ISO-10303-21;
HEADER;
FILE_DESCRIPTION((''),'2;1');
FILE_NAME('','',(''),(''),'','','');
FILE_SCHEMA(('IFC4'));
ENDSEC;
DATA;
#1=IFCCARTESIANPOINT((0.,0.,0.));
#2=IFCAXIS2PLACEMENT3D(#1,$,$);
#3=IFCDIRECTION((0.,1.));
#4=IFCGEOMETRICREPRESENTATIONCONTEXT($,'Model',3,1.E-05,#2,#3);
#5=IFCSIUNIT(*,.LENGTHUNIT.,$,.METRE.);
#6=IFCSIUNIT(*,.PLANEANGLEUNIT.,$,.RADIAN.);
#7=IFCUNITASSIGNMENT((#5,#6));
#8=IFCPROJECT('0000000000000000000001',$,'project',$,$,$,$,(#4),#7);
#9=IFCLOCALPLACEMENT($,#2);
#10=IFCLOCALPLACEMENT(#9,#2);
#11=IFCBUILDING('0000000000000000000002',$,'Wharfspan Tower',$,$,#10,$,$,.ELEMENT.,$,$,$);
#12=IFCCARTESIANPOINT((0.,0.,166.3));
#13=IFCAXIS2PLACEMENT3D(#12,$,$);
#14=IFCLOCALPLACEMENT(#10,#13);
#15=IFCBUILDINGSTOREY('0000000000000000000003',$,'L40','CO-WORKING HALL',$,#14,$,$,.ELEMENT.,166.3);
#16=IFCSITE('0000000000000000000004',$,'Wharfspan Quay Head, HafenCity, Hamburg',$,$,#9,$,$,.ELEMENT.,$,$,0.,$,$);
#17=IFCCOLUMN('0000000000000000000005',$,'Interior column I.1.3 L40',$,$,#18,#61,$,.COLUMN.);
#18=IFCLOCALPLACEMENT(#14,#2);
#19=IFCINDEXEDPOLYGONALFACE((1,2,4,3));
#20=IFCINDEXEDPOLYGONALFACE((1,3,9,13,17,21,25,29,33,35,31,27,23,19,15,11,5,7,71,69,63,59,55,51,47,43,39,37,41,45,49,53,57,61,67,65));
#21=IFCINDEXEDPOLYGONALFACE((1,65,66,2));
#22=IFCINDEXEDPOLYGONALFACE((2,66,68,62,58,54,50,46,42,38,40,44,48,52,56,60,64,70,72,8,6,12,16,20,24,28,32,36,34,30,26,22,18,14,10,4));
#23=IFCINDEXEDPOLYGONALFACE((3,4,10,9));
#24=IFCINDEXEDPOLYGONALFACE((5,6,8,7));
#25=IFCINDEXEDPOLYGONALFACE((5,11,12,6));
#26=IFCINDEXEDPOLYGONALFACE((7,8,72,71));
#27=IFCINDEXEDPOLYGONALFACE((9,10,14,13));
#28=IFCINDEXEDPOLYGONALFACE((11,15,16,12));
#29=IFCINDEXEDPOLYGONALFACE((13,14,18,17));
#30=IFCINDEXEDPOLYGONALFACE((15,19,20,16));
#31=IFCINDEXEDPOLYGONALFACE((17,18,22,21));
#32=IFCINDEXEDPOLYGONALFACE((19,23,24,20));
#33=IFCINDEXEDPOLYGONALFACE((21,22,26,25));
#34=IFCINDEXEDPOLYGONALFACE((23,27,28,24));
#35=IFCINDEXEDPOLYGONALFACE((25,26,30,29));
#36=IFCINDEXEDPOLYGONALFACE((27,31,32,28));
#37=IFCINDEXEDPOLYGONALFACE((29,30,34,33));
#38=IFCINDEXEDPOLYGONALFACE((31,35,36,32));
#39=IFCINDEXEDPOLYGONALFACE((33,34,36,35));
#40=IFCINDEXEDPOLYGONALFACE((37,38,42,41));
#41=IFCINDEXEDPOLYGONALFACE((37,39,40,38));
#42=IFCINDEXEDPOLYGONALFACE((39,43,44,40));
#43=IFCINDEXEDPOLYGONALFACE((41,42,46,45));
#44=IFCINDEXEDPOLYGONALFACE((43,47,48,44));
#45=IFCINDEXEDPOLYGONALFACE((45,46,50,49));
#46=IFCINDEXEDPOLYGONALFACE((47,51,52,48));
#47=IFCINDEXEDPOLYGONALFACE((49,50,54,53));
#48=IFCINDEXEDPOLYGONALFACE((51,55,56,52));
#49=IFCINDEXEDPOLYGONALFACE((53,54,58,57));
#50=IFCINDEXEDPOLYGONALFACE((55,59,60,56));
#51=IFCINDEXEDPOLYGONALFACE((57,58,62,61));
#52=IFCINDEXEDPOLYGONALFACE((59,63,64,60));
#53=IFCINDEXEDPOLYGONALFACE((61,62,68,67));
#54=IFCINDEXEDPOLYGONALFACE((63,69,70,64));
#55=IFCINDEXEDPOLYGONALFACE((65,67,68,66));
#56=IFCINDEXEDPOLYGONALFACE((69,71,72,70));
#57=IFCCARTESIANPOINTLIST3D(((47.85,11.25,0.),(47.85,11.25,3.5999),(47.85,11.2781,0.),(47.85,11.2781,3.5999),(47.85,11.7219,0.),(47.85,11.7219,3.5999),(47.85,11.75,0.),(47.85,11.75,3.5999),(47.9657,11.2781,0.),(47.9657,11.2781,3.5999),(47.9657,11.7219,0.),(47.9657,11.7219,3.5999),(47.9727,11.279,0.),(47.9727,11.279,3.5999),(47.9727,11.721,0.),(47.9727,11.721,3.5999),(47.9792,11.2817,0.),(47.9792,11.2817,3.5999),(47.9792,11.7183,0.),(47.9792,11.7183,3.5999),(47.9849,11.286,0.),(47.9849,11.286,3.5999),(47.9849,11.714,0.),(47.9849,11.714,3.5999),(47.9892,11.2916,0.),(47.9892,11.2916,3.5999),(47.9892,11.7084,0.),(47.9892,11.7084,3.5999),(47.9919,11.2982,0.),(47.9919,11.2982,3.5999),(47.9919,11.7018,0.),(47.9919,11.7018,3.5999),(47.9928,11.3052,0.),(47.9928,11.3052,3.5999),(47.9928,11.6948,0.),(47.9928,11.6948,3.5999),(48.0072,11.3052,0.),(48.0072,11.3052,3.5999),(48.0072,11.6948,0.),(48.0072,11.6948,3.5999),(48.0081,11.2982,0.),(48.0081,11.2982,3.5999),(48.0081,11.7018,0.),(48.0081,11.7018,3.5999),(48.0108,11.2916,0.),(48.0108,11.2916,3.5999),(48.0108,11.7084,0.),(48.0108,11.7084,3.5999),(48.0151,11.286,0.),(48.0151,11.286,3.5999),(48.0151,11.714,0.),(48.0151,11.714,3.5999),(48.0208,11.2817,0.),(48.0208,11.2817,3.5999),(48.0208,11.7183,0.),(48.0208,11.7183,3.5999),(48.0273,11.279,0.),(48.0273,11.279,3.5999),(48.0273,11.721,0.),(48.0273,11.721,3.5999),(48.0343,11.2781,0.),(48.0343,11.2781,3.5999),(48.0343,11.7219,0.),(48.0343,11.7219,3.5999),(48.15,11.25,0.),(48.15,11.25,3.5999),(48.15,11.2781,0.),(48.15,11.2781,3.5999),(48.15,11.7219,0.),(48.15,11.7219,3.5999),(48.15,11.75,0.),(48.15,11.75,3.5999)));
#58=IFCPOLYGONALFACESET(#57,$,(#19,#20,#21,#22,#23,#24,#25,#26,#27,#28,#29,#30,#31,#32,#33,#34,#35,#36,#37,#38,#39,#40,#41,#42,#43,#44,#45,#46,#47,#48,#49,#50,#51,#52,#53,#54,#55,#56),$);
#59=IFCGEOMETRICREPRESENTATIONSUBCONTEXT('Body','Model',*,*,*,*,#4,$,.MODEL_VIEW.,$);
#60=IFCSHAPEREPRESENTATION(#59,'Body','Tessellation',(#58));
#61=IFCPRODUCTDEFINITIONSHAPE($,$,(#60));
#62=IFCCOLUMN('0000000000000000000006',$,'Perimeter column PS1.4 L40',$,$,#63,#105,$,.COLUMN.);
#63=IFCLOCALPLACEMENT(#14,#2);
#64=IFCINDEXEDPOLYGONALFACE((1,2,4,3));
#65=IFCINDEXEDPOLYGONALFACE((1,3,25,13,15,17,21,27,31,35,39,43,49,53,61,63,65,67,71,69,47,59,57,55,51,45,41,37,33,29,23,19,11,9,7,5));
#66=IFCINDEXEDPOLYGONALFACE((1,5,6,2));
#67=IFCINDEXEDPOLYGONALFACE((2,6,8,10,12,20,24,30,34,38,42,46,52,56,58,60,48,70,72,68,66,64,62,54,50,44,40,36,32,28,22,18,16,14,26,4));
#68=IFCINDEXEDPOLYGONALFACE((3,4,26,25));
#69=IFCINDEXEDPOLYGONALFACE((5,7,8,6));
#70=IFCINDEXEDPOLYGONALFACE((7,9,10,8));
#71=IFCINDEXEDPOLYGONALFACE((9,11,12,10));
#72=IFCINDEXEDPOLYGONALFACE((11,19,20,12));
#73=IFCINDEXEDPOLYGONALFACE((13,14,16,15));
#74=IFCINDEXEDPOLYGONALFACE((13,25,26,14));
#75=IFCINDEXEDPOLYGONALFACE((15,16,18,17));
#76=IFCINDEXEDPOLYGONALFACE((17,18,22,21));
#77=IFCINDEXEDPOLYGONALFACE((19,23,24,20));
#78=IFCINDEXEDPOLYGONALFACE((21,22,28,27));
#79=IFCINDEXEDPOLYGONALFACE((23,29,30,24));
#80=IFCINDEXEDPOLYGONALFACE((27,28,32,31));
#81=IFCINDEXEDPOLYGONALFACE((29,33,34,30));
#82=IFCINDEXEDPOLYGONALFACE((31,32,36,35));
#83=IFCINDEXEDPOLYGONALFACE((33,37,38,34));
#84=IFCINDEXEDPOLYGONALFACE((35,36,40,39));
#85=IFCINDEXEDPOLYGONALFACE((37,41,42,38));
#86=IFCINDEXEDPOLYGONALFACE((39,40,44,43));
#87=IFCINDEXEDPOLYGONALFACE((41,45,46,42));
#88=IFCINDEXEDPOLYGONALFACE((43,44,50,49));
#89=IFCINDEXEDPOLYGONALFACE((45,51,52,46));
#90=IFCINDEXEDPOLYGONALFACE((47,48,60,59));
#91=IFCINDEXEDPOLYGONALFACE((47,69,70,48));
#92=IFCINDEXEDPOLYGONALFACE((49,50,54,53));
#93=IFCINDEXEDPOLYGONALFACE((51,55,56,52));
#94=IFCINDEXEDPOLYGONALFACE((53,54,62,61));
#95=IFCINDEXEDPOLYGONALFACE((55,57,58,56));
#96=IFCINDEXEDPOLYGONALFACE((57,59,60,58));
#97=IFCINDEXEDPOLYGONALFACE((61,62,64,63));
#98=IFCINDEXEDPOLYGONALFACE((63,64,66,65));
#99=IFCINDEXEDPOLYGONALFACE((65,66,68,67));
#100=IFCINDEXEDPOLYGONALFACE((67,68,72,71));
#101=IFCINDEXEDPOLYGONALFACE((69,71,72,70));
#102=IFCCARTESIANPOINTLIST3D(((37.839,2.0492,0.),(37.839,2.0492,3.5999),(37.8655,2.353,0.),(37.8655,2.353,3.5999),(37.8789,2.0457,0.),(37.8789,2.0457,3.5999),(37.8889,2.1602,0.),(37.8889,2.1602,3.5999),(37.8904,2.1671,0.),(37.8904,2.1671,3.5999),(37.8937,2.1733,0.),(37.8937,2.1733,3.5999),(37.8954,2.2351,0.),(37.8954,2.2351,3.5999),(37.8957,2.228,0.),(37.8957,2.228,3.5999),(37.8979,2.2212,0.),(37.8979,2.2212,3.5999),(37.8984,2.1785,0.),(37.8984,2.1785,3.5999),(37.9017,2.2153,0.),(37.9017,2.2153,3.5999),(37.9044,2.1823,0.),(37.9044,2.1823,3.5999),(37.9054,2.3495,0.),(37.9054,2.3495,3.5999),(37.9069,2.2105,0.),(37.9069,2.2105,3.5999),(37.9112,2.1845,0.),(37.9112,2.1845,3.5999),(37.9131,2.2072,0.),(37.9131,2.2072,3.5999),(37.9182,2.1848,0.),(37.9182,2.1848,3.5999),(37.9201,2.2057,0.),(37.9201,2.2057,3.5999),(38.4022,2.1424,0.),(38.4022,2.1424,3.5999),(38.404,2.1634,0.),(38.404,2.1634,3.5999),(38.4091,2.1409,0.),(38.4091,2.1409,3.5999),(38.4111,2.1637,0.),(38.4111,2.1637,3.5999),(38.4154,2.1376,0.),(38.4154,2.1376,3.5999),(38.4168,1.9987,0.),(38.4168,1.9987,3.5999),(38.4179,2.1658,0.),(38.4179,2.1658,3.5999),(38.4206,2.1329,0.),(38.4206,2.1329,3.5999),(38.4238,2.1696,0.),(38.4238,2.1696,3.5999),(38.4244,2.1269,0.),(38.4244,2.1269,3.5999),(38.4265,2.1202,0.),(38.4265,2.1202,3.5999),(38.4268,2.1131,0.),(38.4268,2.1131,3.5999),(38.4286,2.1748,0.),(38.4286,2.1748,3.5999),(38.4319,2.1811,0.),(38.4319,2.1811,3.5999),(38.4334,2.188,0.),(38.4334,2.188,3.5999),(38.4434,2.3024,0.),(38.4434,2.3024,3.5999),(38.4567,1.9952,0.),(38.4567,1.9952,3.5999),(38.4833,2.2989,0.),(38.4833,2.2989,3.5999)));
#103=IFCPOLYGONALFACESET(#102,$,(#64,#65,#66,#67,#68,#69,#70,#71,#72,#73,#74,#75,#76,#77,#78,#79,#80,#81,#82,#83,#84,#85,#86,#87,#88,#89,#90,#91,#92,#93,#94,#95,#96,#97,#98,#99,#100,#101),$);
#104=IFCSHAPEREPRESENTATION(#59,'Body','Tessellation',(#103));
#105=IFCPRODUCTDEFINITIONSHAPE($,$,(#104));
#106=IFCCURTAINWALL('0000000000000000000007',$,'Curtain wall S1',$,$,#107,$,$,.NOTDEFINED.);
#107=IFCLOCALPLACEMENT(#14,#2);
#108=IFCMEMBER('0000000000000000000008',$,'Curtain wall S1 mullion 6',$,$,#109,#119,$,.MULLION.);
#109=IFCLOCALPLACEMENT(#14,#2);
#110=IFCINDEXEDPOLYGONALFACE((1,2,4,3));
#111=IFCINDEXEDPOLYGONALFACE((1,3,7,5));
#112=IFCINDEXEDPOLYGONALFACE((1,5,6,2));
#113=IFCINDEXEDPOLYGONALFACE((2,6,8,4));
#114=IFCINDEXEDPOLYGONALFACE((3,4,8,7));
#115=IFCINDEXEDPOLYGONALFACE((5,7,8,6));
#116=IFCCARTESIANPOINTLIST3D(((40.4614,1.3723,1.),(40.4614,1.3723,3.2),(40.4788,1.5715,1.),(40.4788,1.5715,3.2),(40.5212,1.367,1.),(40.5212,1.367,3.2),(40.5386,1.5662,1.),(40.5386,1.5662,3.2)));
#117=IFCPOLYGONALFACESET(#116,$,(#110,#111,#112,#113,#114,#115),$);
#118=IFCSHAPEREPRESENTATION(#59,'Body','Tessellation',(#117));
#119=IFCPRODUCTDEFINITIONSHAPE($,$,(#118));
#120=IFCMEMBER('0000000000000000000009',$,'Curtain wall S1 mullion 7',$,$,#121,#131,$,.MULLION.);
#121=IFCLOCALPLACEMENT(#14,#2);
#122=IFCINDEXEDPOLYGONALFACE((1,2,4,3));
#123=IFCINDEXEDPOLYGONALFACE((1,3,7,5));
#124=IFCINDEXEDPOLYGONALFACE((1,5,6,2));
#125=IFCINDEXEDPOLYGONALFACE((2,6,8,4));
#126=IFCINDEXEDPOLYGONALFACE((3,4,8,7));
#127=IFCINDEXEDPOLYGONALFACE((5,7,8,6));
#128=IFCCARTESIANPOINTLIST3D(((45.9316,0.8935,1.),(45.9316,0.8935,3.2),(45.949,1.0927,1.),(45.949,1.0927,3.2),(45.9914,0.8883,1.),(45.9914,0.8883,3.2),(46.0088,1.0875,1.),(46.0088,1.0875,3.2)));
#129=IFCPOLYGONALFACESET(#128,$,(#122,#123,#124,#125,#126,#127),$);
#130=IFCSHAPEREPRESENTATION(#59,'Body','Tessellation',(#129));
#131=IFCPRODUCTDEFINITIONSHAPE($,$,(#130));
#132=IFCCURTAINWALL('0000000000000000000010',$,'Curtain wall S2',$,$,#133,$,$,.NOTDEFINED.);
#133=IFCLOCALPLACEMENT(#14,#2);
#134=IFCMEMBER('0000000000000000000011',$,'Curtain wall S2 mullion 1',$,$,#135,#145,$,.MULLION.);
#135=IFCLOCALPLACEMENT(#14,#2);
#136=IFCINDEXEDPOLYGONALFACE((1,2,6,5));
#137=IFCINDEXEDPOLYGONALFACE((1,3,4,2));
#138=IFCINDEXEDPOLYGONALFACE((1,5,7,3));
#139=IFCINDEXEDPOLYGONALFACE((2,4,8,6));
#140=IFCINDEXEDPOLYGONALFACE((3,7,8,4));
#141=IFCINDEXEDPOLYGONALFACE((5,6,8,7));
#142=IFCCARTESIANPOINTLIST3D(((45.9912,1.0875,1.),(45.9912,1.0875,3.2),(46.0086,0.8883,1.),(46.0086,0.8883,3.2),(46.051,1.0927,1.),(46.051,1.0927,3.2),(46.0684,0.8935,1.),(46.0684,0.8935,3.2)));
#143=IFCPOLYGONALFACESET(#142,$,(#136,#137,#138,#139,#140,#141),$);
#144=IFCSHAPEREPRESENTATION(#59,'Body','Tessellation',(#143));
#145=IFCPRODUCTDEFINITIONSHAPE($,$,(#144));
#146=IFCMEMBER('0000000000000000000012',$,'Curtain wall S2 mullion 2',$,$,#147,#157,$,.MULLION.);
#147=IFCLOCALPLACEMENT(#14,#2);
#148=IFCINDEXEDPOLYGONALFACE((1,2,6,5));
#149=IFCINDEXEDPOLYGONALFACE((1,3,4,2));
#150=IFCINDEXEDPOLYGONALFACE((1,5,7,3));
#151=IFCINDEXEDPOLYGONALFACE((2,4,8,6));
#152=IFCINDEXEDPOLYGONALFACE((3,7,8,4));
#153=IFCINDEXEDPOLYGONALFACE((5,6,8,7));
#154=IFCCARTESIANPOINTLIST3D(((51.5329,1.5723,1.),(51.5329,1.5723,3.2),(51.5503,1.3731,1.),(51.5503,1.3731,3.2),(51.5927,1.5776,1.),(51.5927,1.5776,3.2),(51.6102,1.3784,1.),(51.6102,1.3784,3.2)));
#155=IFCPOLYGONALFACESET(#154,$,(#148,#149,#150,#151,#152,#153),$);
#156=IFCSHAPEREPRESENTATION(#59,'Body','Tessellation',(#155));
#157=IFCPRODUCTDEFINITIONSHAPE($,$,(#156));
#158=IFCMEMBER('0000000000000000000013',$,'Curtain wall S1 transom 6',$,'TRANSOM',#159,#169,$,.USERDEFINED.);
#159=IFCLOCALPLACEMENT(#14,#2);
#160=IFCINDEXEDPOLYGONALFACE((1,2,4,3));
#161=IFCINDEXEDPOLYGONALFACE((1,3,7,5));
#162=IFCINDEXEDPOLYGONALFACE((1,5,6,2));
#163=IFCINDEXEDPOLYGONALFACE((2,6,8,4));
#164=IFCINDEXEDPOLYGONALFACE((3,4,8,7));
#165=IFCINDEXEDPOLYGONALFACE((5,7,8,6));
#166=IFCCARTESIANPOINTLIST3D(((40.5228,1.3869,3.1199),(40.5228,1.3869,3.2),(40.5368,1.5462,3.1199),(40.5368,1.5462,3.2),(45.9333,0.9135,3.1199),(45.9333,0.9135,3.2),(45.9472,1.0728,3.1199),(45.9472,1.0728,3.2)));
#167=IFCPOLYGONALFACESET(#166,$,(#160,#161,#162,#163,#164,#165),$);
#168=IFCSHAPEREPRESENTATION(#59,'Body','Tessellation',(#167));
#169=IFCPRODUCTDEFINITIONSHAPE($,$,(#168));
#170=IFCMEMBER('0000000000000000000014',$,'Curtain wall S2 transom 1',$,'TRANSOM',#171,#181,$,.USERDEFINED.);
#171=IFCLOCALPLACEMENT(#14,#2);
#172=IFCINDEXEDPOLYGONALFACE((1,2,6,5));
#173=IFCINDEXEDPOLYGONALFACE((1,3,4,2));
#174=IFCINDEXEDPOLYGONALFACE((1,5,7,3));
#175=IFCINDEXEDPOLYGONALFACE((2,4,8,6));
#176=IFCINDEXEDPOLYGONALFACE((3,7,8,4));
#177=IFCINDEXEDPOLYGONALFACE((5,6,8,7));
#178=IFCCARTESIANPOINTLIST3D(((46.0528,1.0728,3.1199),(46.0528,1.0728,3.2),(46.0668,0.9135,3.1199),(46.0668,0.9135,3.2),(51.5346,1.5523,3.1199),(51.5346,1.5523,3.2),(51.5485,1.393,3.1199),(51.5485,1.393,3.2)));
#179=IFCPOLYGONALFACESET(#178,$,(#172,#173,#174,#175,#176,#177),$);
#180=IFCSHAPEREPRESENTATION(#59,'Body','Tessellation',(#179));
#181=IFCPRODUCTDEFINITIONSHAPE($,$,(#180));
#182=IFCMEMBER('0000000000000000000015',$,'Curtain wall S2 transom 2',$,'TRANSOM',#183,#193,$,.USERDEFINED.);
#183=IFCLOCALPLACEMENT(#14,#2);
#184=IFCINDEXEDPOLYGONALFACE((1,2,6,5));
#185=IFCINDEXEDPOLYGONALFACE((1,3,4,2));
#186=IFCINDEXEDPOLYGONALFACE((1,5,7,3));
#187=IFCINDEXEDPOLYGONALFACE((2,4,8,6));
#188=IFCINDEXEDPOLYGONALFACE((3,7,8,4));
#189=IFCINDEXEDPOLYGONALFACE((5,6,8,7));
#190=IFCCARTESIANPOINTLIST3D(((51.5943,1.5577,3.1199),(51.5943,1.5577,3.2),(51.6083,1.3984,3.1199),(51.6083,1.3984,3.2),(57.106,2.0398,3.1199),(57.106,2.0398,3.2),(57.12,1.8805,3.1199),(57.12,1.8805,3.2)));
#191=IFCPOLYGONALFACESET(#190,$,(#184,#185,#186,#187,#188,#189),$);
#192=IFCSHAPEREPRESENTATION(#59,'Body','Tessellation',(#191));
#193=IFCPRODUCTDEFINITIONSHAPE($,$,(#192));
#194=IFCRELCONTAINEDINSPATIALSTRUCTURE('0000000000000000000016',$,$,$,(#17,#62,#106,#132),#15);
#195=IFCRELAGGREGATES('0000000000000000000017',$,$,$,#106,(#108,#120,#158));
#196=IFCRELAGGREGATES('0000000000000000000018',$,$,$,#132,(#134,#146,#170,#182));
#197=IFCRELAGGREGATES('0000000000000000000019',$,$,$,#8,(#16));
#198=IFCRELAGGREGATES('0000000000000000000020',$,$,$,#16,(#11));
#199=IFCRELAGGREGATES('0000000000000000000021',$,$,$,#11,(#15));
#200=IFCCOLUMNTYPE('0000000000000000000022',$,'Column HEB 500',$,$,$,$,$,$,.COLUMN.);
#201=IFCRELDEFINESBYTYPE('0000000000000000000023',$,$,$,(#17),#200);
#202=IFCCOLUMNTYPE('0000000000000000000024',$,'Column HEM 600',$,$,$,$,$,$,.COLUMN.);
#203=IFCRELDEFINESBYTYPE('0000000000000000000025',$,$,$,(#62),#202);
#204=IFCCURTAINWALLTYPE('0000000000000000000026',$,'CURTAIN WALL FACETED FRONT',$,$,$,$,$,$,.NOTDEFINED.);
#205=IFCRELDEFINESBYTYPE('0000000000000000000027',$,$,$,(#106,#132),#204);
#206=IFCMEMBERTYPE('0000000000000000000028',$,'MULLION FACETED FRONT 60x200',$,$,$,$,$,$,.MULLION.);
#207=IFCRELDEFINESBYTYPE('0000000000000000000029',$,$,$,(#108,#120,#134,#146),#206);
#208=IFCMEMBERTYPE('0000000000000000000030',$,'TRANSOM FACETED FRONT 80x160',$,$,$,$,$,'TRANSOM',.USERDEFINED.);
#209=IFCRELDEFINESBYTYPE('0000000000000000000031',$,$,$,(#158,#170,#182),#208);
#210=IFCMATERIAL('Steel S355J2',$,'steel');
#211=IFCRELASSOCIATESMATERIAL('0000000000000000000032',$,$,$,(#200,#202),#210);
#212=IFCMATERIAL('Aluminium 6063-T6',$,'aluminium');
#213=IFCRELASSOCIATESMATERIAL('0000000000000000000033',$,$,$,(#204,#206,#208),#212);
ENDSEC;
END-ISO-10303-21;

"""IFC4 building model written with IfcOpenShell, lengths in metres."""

from ifc_helpers import new_model, si_unit, direction, frame, origin, origin_2d, place, context, subcontext, project, spatial, rectangle, i_section, extrude, material, material_profile, profile_set, type_object, element, aggregate, save


model = new_model("IFC4")

# Units and contexts
model_context = context("Model", 3, precision=1e-05, world=origin(), true_north=direction((0.0, 1.0)))
body_context = subcontext(model_context, "Body", "Model", "MODEL_VIEW")
ifc_project = project(units=[si_unit("LENGTHUNIT", "METRE"), si_unit("PLANEANGLEUNIT", "RADIAN")], contexts=[model_context])

# Site, building, storey
site_placement = place(None, origin())
site = spatial("IfcSite", under=ifc_project, at=site_placement, Name="Wharfspan Quay Head, HafenCity, Hamburg", CompositionType="ELEMENT", RefElevation=0.0)
building_placement = place(site_placement, origin())
building = spatial("IfcBuilding", under=site, at=building_placement, Name="Wharfspan Tower", CompositionType="ELEMENT")
storey_placement = place(building_placement, frame((0.0, 0.0, 166.3)))
storey = spatial("IfcBuildingStorey", under=building, at=storey_placement, Name="L40", Description="CO-WORKING HALL", CompositionType="ELEMENT", Elevation=166.3)

# Columns
ifc_material_1 = material(Name="Steel S355J2", Category="steel")
ifc_material_profile_1 = material_profile(ifc_material_1, i_section(OverallWidth=0.3, OverallDepth=0.5, WebThickness=0.0144, FlangeThickness=0.0281, FilletRadius=0.0271, at=origin_2d()))
ifc_profile_set_1 = profile_set([ifc_material_profile_1], Name="Steel S355J2")
column_type_1 = type_object("IfcColumnType", Name="Column HEB 500", PredefinedType="COLUMN", material=ifc_profile_set_1)
column_1_placement = place(storey_placement, frame((48.0, 11.5, 0.0), z_axis=(0.0, 0.0, 1.0), x_axis=(1.0, 0.0, 0.0)))
element("IfcColumn", 1, at=column_1_placement, inside=storey, type_object=column_type_1, Name="Interior column I.1.3 L40", PredefinedType="COLUMN", context=body_context, shape_type="SweptSolid", body=[
    extrude(i_section(OverallWidth=0.3, OverallDepth=0.5, WebThickness=0.0144, FlangeThickness=0.0281, FilletRadius=0.0271, at=origin_2d()), origin(), (0.0, 0.0, 1.0), 3.5999),
])
ifc_material_profile_2 = material_profile(ifc_material_1, i_section(OverallWidth=0.3049, OverallDepth=0.6201, WebThickness=0.021, FlangeThickness=0.04, FilletRadius=0.0271, at=origin_2d()))
ifc_profile_set_2 = profile_set([ifc_material_profile_2], Name="Steel S355J2")
column_type_2 = type_object("IfcColumnType", Name="Column HEM 600", PredefinedType="COLUMN", material=ifc_profile_set_2)
column_2_placement = place(storey_placement, frame((38.1611, 2.1741, 0.0), z_axis=(0.0, 0.0, 1.0), x_axis=(-0.087156, -0.996198, 0.0)))
element("IfcColumn", 2, at=column_2_placement, inside=storey, type_object=column_type_2, Name="Perimeter column PS1.4 L40", PredefinedType="COLUMN", context=body_context, shape_type="SweptSolid", body=[
    extrude(i_section(OverallWidth=0.3049, OverallDepth=0.6201, WebThickness=0.021, FlangeThickness=0.04, FilletRadius=0.0271, at=origin_2d()), origin(), (0.0, 0.0, 1.0), 3.5999),
])

# Curtain walls, members
ifc_material_2 = material(Name="Aluminium 6063-T6", Category="aluminium")
curtain_wall_type = type_object("IfcCurtainWallType", Name="CURTAIN WALL FACETED FRONT", PredefinedType="NOTDEFINED", material=ifc_material_2)
curtain_wall_1_placement = place(storey_placement, origin())
curtain_wall_1 = element("IfcCurtainWall", 3, at=curtain_wall_1_placement, inside=storey, type_object=curtain_wall_type, Name="Curtain wall S1", PredefinedType="NOTDEFINED")
ifc_material_profile_3 = material_profile(ifc_material_2, rectangle(XDim=0.2, YDim=0.0601, at=origin_2d()))
ifc_profile_set_3 = profile_set([ifc_material_profile_3], Name="Aluminium 6063-T6")
member_type_1 = type_object("IfcMemberType", Name="MULLION FACETED FRONT 60x200", PredefinedType="MULLION", material=ifc_profile_set_3)
member_1_placement = place(storey_placement, frame((40.5, 1.4692, 1.0), z_axis=(0.0, 0.0, 1.0), x_axis=(0.087156, 0.996198, 0.0)))
member_1 = element("IfcMember", 4, at=member_1_placement, type_object=member_type_1, Name="Curtain wall S1 mullion 6", PredefinedType="MULLION", context=body_context, shape_type="SweptSolid", body=[
    extrude(rectangle(XDim=0.2, YDim=0.0601, at=origin_2d()), origin(), (0.0, 0.0, 1.0), 2.2),
])
member_2_placement = place(storey_placement, frame((45.9702, 0.9905, 1.0), z_axis=(0.0, 0.0, 1.0), x_axis=(0.087156, 0.996198, 0.0)))
member_2 = element("IfcMember", 5, at=member_2_placement, type_object=member_type_1, Name="Curtain wall S1 mullion 7", PredefinedType="MULLION", context=body_context, shape_type="SweptSolid", body=[
    extrude(rectangle(XDim=0.2, YDim=0.0601, at=origin_2d()), origin(), (0.0, 0.0, 1.0), 2.2),
])
curtain_wall_2_placement = place(storey_placement, origin())
curtain_wall_2 = element("IfcCurtainWall", 6, at=curtain_wall_2_placement, inside=storey, type_object=curtain_wall_type, Name="Curtain wall S2", PredefinedType="NOTDEFINED")
member_3_placement = place(storey_placement, frame((46.0298, 0.9905, 1.0), z_axis=(0.0, 0.0, 1.0), x_axis=(-0.087156, 0.996198, 0.0)))
member_3 = element("IfcMember", 7, at=member_3_placement, type_object=member_type_1, Name="Curtain wall S2 mullion 1", PredefinedType="MULLION", context=body_context, shape_type="SweptSolid", body=[
    extrude(rectangle(XDim=0.2, YDim=0.0601, at=origin_2d()), origin(), (0.0, 0.0, 1.0), 2.2),
])
member_4_placement = place(storey_placement, frame((51.5715, 1.4753, 1.0), z_axis=(0.0, 0.0, 1.0), x_axis=(-0.087156, 0.996198, 0.0)))
member_4 = element("IfcMember", 8, at=member_4_placement, type_object=member_type_1, Name="Curtain wall S2 mullion 2", PredefinedType="MULLION", context=body_context, shape_type="SweptSolid", body=[
    extrude(rectangle(XDim=0.2, YDim=0.0601, at=origin_2d()), origin(), (0.0, 0.0, 1.0), 2.2),
])

# Members
ifc_material_profile_4 = material_profile(ifc_material_2, rectangle(XDim=0.1599, YDim=0.0801, at=origin_2d()))
ifc_profile_set_4 = profile_set([ifc_material_profile_4], Name="Aluminium 6063-T6")
member_type_2 = type_object("IfcMemberType", Name="TRANSOM FACETED FRONT 80x160", ElementType="TRANSOM", PredefinedType="USERDEFINED", material=ifc_profile_set_4)
member_5_placement = place(storey_placement, frame((40.5298, 1.4666, 3.1599), z_axis=(0.996194, -0.087163, 0.0), x_axis=(0.087163, 0.996194, 0.0)))
member_5 = element("IfcMember", 9, at=member_5_placement, type_object=member_type_2, Name="Curtain wall S1 transom 6", ObjectType="TRANSOM", PredefinedType="USERDEFINED", context=body_context, shape_type="SweptSolid", body=[
    extrude(rectangle(XDim=0.1599, YDim=0.0801, at=origin_2d()), origin(), (0.0, 0.0, 1.0), 5.4312),
])
member_6_placement = place(storey_placement, frame((46.0598, 0.9932, 3.1599), z_axis=(0.996196, 0.087139, 0.0), x_axis=(-0.087139, 0.996196, 0.0)))
member_6 = element("IfcMember", 10, at=member_6_placement, type_object=member_type_2, Name="Curtain wall S2 transom 1", ObjectType="TRANSOM", PredefinedType="USERDEFINED", context=body_context, shape_type="SweptSolid", body=[
    extrude(rectangle(XDim=0.1599, YDim=0.0801, at=origin_2d()), origin(), (0.0, 0.0, 1.0), 5.5027),
])
member_7_placement = place(storey_placement, frame((51.6013, 1.478, 3.1599), z_axis=(0.996195, 0.087149, 0.0), x_axis=(-0.087149, 0.996195, 0.0)))
member_7 = element("IfcMember", 11, at=member_7_placement, type_object=member_type_2, Name="Curtain wall S2 transom 2", ObjectType="TRANSOM", PredefinedType="USERDEFINED", context=body_context, shape_type="SweptSolid", body=[
    extrude(rectangle(XDim=0.1599, YDim=0.0801, at=origin_2d()), origin(), (0.0, 0.0, 1.0), 5.5327),
])

aggregate(curtain_wall_1, [member_1, member_2, member_5])
aggregate(curtain_wall_2, [member_3, member_4, member_6, member_7])

save(model, "model.ifc")
